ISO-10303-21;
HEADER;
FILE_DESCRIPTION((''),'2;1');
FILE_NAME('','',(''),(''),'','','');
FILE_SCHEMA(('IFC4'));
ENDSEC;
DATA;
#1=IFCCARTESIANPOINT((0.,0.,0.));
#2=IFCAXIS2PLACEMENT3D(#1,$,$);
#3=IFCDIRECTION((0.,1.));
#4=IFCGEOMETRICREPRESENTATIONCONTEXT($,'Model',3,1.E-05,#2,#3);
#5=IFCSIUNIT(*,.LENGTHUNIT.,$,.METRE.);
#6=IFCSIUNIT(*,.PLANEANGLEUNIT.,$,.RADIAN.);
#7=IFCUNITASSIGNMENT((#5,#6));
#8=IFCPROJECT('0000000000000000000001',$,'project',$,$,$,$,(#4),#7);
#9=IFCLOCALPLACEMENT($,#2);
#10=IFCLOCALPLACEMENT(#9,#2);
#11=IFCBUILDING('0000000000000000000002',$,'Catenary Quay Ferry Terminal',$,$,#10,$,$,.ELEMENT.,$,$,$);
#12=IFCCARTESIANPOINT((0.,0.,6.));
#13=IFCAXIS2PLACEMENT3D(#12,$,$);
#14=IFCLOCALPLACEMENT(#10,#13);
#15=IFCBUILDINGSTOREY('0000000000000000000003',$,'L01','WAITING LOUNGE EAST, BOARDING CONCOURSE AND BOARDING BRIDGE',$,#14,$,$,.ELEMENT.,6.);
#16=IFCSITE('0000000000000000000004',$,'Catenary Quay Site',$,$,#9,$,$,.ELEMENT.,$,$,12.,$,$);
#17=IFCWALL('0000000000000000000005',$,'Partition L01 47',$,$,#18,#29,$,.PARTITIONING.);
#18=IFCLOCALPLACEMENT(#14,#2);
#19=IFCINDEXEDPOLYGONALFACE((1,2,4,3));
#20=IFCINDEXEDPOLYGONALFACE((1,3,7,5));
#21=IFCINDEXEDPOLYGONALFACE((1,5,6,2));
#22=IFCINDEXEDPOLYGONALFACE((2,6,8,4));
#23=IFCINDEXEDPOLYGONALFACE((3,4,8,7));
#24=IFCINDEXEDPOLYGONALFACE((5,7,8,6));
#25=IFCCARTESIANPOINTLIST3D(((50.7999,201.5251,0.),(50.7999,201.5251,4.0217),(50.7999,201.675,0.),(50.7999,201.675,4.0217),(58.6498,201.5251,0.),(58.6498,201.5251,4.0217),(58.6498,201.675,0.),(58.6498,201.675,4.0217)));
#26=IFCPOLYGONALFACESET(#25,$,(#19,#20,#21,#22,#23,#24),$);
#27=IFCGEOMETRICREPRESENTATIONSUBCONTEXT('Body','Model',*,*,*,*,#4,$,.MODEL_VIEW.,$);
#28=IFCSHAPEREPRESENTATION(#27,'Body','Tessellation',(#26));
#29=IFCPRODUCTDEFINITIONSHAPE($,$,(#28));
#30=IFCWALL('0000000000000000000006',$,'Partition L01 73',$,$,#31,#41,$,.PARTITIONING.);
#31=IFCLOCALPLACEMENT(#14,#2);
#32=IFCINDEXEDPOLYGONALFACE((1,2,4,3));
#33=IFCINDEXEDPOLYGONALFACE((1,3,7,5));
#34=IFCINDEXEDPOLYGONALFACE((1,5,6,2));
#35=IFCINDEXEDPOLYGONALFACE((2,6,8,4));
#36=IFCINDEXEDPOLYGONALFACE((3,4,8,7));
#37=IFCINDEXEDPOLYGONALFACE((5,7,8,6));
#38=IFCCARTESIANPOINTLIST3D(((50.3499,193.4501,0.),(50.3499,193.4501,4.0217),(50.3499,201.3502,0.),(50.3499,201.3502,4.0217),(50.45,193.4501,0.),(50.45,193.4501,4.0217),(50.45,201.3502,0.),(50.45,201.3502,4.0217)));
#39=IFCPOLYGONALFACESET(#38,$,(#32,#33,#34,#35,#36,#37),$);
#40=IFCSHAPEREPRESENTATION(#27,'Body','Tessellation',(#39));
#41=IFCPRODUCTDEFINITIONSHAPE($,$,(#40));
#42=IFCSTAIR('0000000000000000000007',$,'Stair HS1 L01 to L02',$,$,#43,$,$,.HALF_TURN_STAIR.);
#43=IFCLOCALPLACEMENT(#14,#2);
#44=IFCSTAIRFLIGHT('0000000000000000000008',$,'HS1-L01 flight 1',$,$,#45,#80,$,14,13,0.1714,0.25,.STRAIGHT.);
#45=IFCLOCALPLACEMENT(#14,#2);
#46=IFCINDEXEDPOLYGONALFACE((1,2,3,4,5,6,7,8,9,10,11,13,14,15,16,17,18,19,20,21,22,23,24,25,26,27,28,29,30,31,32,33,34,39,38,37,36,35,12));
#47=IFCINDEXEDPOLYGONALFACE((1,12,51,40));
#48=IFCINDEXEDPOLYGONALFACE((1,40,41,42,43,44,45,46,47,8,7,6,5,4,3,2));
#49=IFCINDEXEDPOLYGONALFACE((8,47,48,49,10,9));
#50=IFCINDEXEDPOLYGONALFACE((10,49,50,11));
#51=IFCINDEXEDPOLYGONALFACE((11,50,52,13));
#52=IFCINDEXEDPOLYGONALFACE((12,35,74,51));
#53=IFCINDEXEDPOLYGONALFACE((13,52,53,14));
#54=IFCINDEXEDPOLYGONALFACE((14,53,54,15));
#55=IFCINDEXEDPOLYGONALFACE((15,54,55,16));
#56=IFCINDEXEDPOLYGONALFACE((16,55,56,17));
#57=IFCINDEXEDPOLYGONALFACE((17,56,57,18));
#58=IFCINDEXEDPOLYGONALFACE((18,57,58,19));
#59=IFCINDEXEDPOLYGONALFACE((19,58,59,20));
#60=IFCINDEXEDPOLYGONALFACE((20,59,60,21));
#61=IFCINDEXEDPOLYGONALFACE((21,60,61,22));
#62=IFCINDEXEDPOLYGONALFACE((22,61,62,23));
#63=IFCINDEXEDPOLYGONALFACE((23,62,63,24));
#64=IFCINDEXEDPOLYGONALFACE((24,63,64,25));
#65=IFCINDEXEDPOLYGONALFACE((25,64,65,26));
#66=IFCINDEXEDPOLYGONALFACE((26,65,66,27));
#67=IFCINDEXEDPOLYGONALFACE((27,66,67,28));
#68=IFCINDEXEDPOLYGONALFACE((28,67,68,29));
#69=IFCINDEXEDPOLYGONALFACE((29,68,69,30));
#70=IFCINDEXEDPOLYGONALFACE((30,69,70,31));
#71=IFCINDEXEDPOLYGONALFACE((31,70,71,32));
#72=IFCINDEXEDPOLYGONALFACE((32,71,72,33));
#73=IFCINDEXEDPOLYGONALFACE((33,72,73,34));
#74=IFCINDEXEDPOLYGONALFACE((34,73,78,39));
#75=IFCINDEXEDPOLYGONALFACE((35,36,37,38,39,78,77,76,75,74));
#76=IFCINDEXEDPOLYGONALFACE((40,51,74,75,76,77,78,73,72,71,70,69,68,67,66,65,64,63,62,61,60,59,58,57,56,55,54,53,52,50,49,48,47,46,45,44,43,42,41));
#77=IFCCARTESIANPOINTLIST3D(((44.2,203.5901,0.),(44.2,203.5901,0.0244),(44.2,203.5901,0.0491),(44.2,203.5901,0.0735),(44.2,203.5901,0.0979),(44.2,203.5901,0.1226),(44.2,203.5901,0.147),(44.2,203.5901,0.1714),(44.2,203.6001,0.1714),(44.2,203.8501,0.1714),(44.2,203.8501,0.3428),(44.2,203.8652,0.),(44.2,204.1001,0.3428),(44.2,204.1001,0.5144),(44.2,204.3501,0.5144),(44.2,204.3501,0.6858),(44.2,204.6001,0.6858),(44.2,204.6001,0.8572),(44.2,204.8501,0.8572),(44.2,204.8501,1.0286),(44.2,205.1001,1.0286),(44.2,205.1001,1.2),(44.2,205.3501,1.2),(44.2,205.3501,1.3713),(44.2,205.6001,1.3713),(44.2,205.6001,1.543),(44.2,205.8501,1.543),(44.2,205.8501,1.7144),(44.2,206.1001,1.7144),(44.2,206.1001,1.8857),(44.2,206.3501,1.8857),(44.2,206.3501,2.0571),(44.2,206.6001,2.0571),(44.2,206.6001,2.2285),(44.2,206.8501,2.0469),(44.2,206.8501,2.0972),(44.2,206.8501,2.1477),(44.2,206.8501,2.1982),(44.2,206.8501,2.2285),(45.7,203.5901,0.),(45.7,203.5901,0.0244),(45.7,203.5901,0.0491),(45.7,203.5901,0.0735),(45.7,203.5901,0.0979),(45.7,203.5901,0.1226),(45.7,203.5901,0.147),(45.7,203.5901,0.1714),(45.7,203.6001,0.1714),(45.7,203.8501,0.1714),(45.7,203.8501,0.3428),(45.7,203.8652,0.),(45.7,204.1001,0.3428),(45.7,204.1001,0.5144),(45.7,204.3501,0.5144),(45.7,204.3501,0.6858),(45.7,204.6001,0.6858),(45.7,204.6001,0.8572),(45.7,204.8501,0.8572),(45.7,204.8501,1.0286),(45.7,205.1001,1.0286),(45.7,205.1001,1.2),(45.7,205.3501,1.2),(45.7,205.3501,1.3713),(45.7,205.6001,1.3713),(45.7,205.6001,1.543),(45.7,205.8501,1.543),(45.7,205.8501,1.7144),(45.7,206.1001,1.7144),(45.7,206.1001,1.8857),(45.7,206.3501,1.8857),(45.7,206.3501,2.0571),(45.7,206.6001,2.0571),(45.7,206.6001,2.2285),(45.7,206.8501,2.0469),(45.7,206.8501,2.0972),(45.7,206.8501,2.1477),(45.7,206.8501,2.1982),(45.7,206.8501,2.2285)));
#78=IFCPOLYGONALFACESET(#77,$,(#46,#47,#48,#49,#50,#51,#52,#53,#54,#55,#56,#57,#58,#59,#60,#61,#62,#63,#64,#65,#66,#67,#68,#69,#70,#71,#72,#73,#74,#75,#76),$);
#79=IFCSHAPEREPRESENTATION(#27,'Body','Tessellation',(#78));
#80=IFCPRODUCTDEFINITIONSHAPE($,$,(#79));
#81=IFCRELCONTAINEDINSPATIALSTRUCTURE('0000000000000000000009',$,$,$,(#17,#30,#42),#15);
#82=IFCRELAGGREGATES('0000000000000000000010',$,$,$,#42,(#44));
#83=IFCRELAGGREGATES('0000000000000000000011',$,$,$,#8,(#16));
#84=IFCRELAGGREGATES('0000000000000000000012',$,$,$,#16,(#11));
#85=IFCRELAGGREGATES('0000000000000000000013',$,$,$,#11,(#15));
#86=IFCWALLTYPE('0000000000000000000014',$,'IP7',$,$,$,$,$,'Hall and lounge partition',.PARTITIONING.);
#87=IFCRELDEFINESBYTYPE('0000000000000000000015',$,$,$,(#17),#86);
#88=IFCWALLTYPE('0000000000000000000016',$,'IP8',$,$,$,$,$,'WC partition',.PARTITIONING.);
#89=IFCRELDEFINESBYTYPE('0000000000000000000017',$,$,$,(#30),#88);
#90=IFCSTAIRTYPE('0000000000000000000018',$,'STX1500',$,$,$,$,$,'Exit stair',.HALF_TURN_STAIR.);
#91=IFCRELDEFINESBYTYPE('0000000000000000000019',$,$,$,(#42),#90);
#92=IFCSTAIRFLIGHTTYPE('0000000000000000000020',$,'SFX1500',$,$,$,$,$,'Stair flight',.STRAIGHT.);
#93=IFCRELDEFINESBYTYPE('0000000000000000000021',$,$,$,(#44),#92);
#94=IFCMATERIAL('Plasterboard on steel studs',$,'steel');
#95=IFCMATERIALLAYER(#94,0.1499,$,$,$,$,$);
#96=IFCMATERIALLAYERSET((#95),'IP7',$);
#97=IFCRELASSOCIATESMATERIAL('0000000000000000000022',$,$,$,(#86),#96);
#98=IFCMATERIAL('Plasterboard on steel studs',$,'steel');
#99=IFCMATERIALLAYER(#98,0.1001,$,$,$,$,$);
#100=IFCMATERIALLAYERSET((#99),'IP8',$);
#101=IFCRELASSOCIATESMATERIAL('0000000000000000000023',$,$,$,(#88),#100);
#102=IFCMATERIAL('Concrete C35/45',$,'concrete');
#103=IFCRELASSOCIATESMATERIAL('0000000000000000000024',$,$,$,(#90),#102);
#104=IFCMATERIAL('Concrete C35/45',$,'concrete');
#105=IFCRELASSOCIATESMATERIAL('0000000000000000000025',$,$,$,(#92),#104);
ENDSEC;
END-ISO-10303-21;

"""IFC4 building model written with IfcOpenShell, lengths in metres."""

from ifc_helpers import new_model, si_unit, direction, frame, frame_2d, origin, place, context, subcontext, project, spatial, polyline, rectangle, outline, extrude, material, layer, layer_set, type_object, element, aggregate, save


model = new_model("IFC4")

# Units and contexts
model_context = context("Model", 3, precision=1e-05, world=origin(), true_north=direction((0.0, 1.0)))
body_context = subcontext(model_context, "Body", "Model", "MODEL_VIEW")
ifc_project = project(units=[si_unit("LENGTHUNIT", "METRE"), si_unit("PLANEANGLEUNIT", "RADIAN")], contexts=[model_context])

# Site, building, storey
site_placement = place(None, origin())
site = spatial("IfcSite", under=ifc_project, at=site_placement, Name="Catenary Quay Site", CompositionType="ELEMENT", RefElevation=12.0)
building_placement = place(site_placement, origin())
building = spatial("IfcBuilding", under=site, at=building_placement, Name="Catenary Quay Ferry Terminal", CompositionType="ELEMENT")
storey_placement = place(building_placement, frame((0.0, 0.0, 6.0)))
storey = spatial("IfcBuildingStorey", under=building, at=storey_placement, Name="L01", Description="WAITING LOUNGE EAST, BOARDING CONCOURSE AND BOARDING BRIDGE", CompositionType="ELEMENT", Elevation=6.0)

# Walls
ifc_material_1 = material(Name="Plasterboard on steel studs", Category="steel")
ifc_layer_1 = layer(ifc_material_1, 0.1499)
ifc_layer_set_1 = layer_set([ifc_layer_1], Name="IP7")
wall_type_1 = type_object("IfcWallType", Name="IP7", ElementType="Hall and lounge partition", PredefinedType="PARTITIONING", material=ifc_layer_set_1)
wall_1_placement = place(storey_placement, frame((50.8, 201.6001, 0.0), z_axis=(0.0, 0.0, 1.0), x_axis=(1.0, 0.0, 0.0)))
element("IfcWall", 1, at=wall_1_placement, inside=storey, type_object=wall_type_1, Name="Partition L01 47", PredefinedType="PARTITIONING", context=body_context, shape_type="SweptSolid", body=[
    extrude(rectangle(XDim=7.8499, YDim=0.1499, at=frame_2d((3.9248, 0.0))), origin(), (0.0, 0.0, 1.0), 4.0217),
])
ifc_material_2 = material(Name="Plasterboard on steel studs", Category="steel")
ifc_layer_2 = layer(ifc_material_2, 0.1001)
ifc_layer_set_2 = layer_set([ifc_layer_2], Name="IP8")
wall_type_2 = type_object("IfcWallType", Name="IP8", ElementType="WC partition", PredefinedType="PARTITIONING", material=ifc_layer_set_2)
wall_2_placement = place(storey_placement, frame((50.3999, 193.45, 0.0), z_axis=(0.0, 0.0, 1.0), x_axis=(0.0, 1.0, 0.0)))
element("IfcWall", 2, at=wall_2_placement, inside=storey, type_object=wall_type_2, Name="Partition L01 73", PredefinedType="PARTITIONING", context=body_context, shape_type="SweptSolid", body=[
    extrude(rectangle(XDim=7.9001, YDim=0.1001, at=frame_2d((3.9502, 0.0))), origin(), (0.0, 0.0, 1.0), 4.0217),
])

# Stair, stair flight
ifc_material_3 = material(Name="Concrete C35/45", Category="concrete")
stair_type = type_object("IfcStairType", Name="STX1500", ElementType="Exit stair", PredefinedType="HALF_TURN_STAIR", material=ifc_material_3)
stair_placement = place(storey_placement, origin())
stair = element("IfcStair", 3, at=stair_placement, inside=storey, type_object=stair_type, Name="Stair HS1 L01 to L02", PredefinedType="HALF_TURN_STAIR")
ifc_material_4 = material(Name="Concrete C35/45", Category="concrete")
stair_flight_type = type_object("IfcStairFlightType", Name="SFX1500", ElementType="Stair flight", PredefinedType="STRAIGHT", material=ifc_material_4)
stair_flight_placement = place(storey_placement, frame((44.95, 203.6001, 0.0), z_axis=(0.0, 0.0, 1.0), x_axis=(0.0, 1.0, 0.0)))
stair_flight = element("IfcStairFlight", 4, at=stair_flight_placement, type_object=stair_flight_type, Name="HS1-L01 flight 1", NumberOfRisers=14, NumberOfTreads=13, PredefinedType="STRAIGHT", RiserHeight=0.1714, TreadLength=0.25, context=body_context, shape_type="SweptSolid", body=[
    extrude(outline(polyline([(-0.01, 0.0), (-0.01, 0.0244), (-0.01, 0.0491), (-0.01, 0.0735), (-0.01, 0.0979), (-0.01, 0.1226), (-0.01, 0.147), (-0.01, 0.1714), (0.0, 0.1714), (0.25, 0.1714), (0.25, 0.3428), (0.5, 0.3428), (0.5, 0.5144), (0.75, 0.5144), (0.75, 0.6858), (1.0, 0.6858), (1.0, 0.8572), (1.25, 0.8572), (1.25, 1.0286), (1.5, 1.0286), (1.5, 1.2), (1.75, 1.2), (1.75, 1.3713), (2.0, 1.3713), (2.0, 1.543), (2.25, 1.543), (2.25, 1.7144), (2.5, 1.7144), (2.5, 1.8857), (2.75, 1.8857), (2.75, 2.0571), (3.0, 2.0571), (3.0, 2.2285), (3.25, 2.2285), (3.25, 2.3999), (3.25, 2.3496), (3.25, 2.2991), (3.25, 2.2485), (3.25, 2.1982), (3.25, 2.1477), (3.25, 2.0972), (3.25, 2.0469), (0.2651, 0.0), (-0.01, 0.0)])), frame((0.0, 0.75, 0.0), z_axis=(0.0, -1.0, 0.0), x_axis=(1.0, 0.0, 0.0)), (0.0, 0.0, 1.0), 1.5),
])
aggregate(stair, [stair_flight])

save(model, "model.ifc")
